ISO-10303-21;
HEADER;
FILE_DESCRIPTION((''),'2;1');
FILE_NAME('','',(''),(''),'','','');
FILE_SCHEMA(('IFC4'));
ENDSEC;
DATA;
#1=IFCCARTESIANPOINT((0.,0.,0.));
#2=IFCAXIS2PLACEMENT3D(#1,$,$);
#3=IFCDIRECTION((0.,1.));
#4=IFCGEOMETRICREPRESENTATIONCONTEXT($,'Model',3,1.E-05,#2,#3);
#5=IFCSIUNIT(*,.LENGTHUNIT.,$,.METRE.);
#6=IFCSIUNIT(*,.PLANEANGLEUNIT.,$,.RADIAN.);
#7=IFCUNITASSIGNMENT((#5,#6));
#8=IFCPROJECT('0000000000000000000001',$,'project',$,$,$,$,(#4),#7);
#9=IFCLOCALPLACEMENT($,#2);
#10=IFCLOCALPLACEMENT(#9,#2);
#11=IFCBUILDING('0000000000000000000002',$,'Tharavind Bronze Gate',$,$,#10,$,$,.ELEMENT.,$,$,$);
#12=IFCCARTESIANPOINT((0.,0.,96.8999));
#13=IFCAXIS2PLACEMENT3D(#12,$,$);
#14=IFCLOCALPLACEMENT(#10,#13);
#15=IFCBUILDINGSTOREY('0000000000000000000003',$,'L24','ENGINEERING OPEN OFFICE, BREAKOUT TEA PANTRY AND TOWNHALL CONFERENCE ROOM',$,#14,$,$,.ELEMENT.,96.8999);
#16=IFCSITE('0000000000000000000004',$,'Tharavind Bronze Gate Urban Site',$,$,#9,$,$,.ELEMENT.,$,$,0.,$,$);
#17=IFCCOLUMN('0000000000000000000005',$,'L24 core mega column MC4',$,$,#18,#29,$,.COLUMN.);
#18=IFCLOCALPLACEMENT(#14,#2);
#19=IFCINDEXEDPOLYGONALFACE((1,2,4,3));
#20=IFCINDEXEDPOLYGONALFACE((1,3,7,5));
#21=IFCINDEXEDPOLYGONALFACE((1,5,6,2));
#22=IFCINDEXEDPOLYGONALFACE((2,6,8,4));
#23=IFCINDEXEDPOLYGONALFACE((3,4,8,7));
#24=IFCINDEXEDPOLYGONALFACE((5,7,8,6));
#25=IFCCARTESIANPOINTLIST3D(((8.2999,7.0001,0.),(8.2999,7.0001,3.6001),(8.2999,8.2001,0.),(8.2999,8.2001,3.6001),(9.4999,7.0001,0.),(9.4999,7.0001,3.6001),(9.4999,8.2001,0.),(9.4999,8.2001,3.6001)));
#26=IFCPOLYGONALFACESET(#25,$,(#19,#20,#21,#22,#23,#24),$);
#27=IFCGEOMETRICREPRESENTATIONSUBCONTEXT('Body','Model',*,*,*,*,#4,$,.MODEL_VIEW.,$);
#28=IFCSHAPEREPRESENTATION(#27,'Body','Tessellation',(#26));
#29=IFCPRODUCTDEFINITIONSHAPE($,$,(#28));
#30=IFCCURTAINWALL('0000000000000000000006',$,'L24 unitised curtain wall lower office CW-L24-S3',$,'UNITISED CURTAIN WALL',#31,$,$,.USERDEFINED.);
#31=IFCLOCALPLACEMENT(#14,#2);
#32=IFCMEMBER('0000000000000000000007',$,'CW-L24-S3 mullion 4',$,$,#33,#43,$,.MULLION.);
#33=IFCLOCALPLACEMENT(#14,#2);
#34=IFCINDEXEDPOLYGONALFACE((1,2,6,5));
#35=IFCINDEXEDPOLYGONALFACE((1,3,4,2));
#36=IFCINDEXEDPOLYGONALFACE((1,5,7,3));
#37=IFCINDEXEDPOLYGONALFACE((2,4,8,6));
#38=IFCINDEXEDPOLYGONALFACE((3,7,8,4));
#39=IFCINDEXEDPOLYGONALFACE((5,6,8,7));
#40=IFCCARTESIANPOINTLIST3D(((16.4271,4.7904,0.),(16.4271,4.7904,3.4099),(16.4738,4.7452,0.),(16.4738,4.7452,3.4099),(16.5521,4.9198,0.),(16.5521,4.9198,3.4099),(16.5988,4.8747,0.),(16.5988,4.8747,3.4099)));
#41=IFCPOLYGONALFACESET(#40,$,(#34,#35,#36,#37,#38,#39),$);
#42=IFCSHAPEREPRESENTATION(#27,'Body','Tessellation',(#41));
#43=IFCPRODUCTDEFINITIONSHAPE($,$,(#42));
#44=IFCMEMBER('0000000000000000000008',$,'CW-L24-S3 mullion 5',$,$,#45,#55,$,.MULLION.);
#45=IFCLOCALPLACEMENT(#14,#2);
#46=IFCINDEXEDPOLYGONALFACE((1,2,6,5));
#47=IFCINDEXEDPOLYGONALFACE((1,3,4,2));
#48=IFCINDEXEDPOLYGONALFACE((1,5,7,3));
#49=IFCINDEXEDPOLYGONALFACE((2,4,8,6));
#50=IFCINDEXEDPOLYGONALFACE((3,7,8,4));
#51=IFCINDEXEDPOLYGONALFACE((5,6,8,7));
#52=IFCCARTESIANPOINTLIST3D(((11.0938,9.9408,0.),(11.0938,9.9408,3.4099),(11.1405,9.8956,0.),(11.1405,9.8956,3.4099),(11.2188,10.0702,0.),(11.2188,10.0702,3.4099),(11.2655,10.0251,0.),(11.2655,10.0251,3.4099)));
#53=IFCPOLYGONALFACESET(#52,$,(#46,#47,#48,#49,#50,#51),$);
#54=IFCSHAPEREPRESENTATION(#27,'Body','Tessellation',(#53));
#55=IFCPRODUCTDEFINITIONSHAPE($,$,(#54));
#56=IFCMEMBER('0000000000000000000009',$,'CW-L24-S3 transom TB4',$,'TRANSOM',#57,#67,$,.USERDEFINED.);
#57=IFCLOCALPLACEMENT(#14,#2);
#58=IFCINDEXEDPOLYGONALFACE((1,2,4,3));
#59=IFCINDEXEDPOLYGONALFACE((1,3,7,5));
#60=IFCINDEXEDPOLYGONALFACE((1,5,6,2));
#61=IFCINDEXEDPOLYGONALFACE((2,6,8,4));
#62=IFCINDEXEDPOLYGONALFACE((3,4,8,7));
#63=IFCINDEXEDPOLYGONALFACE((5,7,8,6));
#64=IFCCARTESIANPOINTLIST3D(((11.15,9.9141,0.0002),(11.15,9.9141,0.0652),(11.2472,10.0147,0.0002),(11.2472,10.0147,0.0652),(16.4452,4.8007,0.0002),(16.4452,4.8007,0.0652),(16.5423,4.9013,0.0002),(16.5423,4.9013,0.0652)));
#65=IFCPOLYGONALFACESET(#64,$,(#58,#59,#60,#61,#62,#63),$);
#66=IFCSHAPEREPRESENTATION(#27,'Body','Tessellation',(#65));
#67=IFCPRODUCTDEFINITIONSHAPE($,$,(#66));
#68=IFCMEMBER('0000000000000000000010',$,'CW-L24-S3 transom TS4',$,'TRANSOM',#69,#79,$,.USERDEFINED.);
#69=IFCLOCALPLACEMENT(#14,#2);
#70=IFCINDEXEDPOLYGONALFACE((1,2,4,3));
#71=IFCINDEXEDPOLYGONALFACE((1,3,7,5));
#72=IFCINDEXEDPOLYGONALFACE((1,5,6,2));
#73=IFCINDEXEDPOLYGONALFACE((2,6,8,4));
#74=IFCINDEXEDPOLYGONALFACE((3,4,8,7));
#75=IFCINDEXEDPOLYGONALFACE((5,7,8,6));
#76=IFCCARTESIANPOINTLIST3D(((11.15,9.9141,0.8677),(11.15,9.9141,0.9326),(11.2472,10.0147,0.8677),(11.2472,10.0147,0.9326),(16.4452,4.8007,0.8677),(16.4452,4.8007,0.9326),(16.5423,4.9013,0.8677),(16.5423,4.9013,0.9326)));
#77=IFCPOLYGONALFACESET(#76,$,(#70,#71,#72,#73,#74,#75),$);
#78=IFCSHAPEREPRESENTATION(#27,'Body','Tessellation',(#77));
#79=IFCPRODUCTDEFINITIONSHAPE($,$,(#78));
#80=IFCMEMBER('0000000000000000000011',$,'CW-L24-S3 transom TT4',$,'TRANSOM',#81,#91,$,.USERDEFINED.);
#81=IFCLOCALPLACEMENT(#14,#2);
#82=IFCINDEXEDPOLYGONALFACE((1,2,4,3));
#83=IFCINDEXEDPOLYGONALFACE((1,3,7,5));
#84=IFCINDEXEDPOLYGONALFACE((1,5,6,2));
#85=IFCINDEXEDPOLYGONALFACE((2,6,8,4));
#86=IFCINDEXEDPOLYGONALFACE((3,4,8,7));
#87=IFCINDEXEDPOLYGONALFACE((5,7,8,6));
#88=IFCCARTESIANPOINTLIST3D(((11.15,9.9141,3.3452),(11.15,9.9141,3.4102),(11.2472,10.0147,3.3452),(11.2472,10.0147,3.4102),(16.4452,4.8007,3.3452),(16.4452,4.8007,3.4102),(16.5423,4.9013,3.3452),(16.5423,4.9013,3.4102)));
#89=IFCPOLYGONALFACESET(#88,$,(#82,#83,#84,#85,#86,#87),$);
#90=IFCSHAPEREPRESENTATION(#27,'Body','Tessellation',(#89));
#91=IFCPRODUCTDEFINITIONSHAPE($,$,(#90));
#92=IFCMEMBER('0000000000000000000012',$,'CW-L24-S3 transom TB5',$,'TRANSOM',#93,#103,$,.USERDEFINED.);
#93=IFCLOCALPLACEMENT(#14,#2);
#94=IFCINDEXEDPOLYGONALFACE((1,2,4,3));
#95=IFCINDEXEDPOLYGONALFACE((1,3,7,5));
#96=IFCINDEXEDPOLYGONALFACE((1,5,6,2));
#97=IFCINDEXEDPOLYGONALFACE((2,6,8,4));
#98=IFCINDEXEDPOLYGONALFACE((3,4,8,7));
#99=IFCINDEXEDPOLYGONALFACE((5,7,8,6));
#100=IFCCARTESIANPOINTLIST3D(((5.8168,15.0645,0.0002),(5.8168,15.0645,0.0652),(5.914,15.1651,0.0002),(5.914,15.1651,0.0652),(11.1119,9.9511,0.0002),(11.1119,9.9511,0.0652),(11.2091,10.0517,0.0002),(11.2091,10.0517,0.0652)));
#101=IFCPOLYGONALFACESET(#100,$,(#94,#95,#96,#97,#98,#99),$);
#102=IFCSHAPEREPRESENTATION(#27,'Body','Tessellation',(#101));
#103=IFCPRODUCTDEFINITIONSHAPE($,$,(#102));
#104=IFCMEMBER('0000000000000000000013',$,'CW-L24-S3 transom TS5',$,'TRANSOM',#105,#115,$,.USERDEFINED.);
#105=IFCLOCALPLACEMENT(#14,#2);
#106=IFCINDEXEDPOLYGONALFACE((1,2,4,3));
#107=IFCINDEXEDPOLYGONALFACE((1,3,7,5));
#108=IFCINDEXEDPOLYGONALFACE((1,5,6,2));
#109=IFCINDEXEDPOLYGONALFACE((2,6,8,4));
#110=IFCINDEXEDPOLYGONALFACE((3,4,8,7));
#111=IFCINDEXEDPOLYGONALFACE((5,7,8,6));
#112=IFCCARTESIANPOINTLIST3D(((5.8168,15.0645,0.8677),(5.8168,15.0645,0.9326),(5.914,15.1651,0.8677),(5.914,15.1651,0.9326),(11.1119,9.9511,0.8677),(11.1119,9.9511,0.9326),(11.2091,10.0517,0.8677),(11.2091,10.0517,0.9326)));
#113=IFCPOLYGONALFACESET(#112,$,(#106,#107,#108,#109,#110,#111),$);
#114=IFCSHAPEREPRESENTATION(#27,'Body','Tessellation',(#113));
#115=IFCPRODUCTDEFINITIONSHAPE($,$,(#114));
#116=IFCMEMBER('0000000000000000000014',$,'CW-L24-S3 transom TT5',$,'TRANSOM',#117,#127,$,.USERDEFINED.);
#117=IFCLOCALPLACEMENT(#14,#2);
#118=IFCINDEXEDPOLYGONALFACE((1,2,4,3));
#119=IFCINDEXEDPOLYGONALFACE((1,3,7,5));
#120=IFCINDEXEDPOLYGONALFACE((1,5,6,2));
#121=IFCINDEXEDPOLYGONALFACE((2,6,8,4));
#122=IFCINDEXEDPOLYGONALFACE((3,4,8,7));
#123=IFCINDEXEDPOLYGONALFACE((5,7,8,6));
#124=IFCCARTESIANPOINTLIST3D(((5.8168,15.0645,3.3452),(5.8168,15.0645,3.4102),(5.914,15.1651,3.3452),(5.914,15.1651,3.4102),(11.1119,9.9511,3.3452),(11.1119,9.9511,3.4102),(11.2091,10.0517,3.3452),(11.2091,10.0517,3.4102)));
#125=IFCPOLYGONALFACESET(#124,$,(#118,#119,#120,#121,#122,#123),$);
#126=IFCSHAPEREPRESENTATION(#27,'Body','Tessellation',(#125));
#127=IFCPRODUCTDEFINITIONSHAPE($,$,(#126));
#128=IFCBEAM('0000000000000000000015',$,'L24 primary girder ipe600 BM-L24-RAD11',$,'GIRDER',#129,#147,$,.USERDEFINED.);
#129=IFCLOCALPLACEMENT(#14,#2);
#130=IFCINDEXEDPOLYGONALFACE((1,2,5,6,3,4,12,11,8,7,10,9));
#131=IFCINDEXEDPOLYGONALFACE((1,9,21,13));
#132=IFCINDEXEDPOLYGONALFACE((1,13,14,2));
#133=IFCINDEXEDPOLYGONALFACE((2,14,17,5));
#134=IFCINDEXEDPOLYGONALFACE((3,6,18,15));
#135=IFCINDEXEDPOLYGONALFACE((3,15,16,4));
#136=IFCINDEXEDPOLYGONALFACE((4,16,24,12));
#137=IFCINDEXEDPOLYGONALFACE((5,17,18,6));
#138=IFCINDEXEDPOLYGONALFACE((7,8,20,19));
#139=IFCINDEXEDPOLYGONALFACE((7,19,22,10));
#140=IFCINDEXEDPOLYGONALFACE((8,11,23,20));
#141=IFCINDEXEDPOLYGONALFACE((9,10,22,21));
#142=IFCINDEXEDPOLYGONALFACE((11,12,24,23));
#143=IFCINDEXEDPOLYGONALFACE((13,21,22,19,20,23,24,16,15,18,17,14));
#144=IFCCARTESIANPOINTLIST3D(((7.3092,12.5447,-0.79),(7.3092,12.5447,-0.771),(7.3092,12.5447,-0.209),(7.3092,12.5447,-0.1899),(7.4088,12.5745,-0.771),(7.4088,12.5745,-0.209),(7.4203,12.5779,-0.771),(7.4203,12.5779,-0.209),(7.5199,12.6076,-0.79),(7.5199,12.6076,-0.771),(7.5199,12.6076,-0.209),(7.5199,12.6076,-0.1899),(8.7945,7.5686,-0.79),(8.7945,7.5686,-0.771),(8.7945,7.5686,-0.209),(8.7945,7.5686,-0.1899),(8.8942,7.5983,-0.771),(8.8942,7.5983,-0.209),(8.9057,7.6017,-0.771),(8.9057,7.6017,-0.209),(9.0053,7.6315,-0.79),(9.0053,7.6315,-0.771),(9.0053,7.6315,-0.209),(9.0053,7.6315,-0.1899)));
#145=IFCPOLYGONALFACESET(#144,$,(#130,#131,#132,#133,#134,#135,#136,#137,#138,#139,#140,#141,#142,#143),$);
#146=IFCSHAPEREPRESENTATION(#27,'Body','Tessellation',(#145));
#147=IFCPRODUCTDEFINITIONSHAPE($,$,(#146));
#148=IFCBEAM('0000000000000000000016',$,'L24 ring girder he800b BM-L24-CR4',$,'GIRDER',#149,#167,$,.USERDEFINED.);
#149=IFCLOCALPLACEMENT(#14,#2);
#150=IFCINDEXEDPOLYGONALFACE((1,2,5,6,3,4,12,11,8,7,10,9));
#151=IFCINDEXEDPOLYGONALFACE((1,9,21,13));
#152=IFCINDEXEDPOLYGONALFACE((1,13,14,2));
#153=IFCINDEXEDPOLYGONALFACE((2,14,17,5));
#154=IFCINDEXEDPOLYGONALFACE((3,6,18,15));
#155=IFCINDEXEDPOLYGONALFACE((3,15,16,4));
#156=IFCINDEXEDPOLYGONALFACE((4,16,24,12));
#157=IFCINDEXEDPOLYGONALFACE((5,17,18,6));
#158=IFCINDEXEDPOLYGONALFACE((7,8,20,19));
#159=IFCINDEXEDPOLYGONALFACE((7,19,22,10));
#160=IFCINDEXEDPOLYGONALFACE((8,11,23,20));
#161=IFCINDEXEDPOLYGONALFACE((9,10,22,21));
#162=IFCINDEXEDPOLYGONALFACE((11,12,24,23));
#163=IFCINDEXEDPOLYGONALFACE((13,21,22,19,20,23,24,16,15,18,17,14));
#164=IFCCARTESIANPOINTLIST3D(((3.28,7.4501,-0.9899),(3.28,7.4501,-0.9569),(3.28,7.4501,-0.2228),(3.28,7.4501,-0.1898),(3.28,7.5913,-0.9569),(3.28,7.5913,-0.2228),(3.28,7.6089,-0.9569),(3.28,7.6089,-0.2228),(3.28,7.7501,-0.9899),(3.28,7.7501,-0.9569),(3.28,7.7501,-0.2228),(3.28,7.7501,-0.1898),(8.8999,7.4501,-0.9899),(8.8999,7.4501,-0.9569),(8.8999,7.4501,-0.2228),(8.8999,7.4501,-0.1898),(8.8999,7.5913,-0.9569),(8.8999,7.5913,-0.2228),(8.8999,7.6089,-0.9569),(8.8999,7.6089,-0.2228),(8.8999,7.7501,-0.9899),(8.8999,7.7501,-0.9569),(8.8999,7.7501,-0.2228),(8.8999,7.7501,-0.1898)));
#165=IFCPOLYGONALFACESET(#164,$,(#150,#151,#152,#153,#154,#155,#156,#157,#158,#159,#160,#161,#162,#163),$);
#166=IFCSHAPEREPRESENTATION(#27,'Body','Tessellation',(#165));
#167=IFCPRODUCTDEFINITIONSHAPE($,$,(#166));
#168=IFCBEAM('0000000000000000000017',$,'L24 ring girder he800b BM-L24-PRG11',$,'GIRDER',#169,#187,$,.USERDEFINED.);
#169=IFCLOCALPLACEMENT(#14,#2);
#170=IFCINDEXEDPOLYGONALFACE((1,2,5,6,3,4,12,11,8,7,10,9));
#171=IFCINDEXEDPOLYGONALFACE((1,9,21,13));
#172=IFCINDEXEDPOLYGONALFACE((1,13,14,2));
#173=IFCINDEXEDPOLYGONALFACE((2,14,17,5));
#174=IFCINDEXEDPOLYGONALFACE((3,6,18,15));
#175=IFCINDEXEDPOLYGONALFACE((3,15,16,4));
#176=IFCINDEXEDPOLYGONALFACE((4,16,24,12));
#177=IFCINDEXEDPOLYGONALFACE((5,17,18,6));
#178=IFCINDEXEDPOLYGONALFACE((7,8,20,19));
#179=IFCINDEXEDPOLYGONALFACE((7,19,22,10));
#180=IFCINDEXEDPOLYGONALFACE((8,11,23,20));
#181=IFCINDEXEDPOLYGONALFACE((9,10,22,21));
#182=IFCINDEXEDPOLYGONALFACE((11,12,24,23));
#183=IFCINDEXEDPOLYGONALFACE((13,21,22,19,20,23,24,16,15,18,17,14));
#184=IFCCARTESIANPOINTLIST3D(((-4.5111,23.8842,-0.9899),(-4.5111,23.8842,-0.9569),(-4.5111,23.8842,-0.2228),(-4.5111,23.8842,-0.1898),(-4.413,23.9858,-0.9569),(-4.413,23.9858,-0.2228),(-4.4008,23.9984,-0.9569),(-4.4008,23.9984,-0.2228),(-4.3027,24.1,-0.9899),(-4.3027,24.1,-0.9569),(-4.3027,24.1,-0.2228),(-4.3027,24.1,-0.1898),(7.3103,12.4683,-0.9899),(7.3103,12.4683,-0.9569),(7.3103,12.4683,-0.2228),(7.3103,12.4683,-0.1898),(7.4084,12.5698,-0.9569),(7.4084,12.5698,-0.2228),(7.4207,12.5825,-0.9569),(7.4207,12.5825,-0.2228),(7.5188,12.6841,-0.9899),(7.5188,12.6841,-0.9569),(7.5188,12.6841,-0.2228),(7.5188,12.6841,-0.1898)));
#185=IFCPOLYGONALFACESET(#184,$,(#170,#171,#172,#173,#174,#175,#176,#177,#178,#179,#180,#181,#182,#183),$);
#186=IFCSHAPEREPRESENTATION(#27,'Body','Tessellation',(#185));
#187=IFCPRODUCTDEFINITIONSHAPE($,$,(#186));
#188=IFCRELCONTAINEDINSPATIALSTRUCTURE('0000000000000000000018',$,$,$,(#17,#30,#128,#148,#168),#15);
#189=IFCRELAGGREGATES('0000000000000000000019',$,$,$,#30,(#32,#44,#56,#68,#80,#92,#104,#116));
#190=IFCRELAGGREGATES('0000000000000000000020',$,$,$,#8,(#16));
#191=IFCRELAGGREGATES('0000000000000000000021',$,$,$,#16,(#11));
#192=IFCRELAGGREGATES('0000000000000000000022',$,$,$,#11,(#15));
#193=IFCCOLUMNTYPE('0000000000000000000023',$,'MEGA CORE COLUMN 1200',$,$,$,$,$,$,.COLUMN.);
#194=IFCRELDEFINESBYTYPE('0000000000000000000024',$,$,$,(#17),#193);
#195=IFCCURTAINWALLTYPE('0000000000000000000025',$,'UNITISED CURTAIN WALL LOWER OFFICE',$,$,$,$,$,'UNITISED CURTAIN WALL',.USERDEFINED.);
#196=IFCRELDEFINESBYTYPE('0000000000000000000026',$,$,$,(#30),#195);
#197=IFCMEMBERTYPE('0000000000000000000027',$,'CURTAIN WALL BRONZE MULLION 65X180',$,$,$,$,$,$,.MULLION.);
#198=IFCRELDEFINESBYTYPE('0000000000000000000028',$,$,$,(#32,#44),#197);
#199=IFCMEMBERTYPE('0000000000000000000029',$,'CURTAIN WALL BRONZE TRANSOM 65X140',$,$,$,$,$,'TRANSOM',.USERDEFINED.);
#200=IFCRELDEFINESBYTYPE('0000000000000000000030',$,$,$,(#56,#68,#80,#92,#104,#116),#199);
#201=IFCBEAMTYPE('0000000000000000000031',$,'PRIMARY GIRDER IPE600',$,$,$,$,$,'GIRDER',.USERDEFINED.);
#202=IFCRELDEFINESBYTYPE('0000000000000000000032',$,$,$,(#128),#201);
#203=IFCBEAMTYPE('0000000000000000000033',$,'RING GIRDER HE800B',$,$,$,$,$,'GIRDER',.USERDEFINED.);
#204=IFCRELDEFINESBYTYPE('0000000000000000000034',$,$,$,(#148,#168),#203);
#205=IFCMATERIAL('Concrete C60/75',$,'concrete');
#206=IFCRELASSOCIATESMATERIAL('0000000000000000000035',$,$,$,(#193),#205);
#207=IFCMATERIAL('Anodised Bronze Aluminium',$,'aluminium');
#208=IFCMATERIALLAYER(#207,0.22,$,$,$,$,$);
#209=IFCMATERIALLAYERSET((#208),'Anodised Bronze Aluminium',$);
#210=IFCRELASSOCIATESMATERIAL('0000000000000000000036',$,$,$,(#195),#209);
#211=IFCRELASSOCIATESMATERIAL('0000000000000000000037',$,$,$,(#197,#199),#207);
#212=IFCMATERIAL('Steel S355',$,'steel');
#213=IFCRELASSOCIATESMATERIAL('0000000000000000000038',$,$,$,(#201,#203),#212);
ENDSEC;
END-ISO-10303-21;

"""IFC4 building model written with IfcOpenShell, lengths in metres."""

from ifc_helpers import new_model, si_unit, direction, frame, origin, origin_2d, place, context, subcontext, project, spatial, rectangle, i_section, extrude, material, layer, layer_set, material_profile, profile_set, type_object, element, aggregate, save


model = new_model("IFC4")

# Units and contexts
model_context = context("Model", 3, precision=1e-05, world=origin(), true_north=direction((0.0, 1.0)))
body_context = subcontext(model_context, "Body", "Model", "MODEL_VIEW")
ifc_project = project(units=[si_unit("LENGTHUNIT", "METRE"), si_unit("PLANEANGLEUNIT", "RADIAN")], contexts=[model_context])

# Site, building, storey
site_placement = place(None, origin())
site = spatial("IfcSite", under=ifc_project, at=site_placement, Name="Tharavind Bronze Gate Urban Site", CompositionType="ELEMENT", RefElevation=0.0)
building_placement = place(site_placement, origin())
building = spatial("IfcBuilding", under=site, at=building_placement, Name="Tharavind Bronze Gate", CompositionType="ELEMENT")
storey_placement = place(building_placement, frame((0.0, 0.0, 96.8999)))
storey = spatial("IfcBuildingStorey", under=building, at=storey_placement, Name="L24", Description="ENGINEERING OPEN OFFICE, BREAKOUT TEA PANTRY AND TOWNHALL CONFERENCE ROOM", CompositionType="ELEMENT", Elevation=96.8999)

# Column
ifc_material_1 = material(Name="Concrete C60/75", Category="concrete")
ifc_material_profile_1 = material_profile(ifc_material_1, rectangle(XDim=1.2, YDim=1.2, at=origin_2d()), Name="RCCOL1200")
ifc_profile_set_1 = profile_set([ifc_material_profile_1], Name="Concrete C60/75")
column_type = type_object("IfcColumnType", Name="MEGA CORE COLUMN 1200", PredefinedType="COLUMN", material=ifc_profile_set_1)
column_placement = place(storey_placement, frame((8.8999, 7.6001, 0.0), z_axis=(0.0, 0.0, 1.0), x_axis=(1.0, 0.0, 0.0)))
element("IfcColumn", 1, at=column_placement, inside=storey, type_object=column_type, Name="L24 core mega column MC4", PredefinedType="COLUMN", context=body_context, shape_type="SweptSolid", body=[
    extrude(rectangle(XDim=1.2, YDim=1.2, at=origin_2d()), origin(), (0.0, 0.0, 1.0), 3.6001),
])

# Curtain wall, members
ifc_material_2 = material(Name="Anodised Bronze Aluminium", Category="aluminium")
ifc_layer_1 = layer(ifc_material_2, 0.22)
ifc_layer_set_1 = layer_set([ifc_layer_1], Name="Anodised Bronze Aluminium")
curtain_wall_type = type_object("IfcCurtainWallType", Name="UNITISED CURTAIN WALL LOWER OFFICE", ElementType="UNITISED CURTAIN WALL", PredefinedType="USERDEFINED", material=ifc_layer_set_1)
curtain_wall_placement = place(storey_placement, origin())
curtain_wall = element("IfcCurtainWall", 2, at=curtain_wall_placement, inside=storey, type_object=curtain_wall_type, Name="L24 unitised curtain wall lower office CW-L24-S3", ObjectType="UNITISED CURTAIN WALL", PredefinedType="USERDEFINED")
member_type_1 = type_object("IfcMemberType", Name="CURTAIN WALL BRONZE MULLION 65X180", PredefinedType="MULLION", material=ifc_material_2)
member_1_placement = place(storey_placement, frame((16.5129, 4.8325, 0.0), z_axis=(0.0, 0.0, 1.0), x_axis=(-0.719341, 0.694657, 0.0)))
member_1 = element("IfcMember", 3, at=member_1_placement, type_object=member_type_1, Name="CW-L24-S3 mullion 4", PredefinedType="MULLION", context=body_context, shape_type="SweptSolid", body=[
    extrude(rectangle(XDim=0.0649, YDim=0.1799, at=origin_2d()), origin(), (0.0, 0.0, 1.0), 3.4099),
])
member_2_placement = place(storey_placement, frame((11.1797, 9.9829, 0.0), z_axis=(0.0, 0.0, 1.0), x_axis=(-0.719341, 0.694657, 0.0)))
member_2 = element("IfcMember", 4, at=member_2_placement, type_object=member_type_1, Name="CW-L24-S3 mullion 5", PredefinedType="MULLION", context=body_context, shape_type="SweptSolid", body=[
    extrude(rectangle(XDim=0.0649, YDim=0.1799, at=origin_2d()), origin(), (0.0, 0.0, 1.0), 3.4099),
])
member_type_2 = type_object("IfcMemberType", Name="CURTAIN WALL BRONZE TRANSOM 65X140", ElementType="TRANSOM", PredefinedType="USERDEFINED", material=ifc_material_2)
member_3_placement = place(storey_placement, frame((13.8462, 7.4077, 0.0002), z_axis=(0.0, 0.0, 1.0), x_axis=(-0.719341, 0.694657, 0.0)))
member_3 = element("IfcMember", 5, at=member_3_placement, type_object=member_type_2, Name="CW-L24-S3 transom TB4", ObjectType="TRANSOM", PredefinedType="USERDEFINED", context=body_context, shape_type="SweptSolid", body=[
    extrude(rectangle(XDim=7.3611, YDim=0.1399, at=origin_2d()), origin(), (0.0, 0.0, 1.0), 0.0649),
])
member_4_placement = place(storey_placement, frame((13.8462, 7.4077, 0.8677), z_axis=(0.0, 0.0, 1.0), x_axis=(-0.719341, 0.694657, 0.0)))
member_4 = element("IfcMember", 6, at=member_4_placement, type_object=member_type_2, Name="CW-L24-S3 transom TS4", ObjectType="TRANSOM", PredefinedType="USERDEFINED", context=body_context, shape_type="SweptSolid", body=[
    extrude(rectangle(XDim=7.3611, YDim=0.1399, at=origin_2d()), origin(), (0.0, 0.0, 1.0), 0.0649),
])
member_5_placement = place(storey_placement, frame((13.8462, 7.4077, 3.3452), z_axis=(0.0, 0.0, 1.0), x_axis=(-0.719341, 0.694657, 0.0)))
member_5 = element("IfcMember", 7, at=member_5_placement, type_object=member_type_2, Name="CW-L24-S3 transom TT4", ObjectType="TRANSOM", PredefinedType="USERDEFINED", context=body_context, shape_type="SweptSolid", body=[
    extrude(rectangle(XDim=7.3611, YDim=0.1399, at=origin_2d()), origin(), (0.0, 0.0, 1.0), 0.0649),
])
member_6_placement = place(storey_placement, frame((8.5129, 12.5581, 0.0002), z_axis=(0.0, 0.0, 1.0), x_axis=(-0.719341, 0.694657, 0.0)))
member_6 = element("IfcMember", 8, at=member_6_placement, type_object=member_type_2, Name="CW-L24-S3 transom TB5", ObjectType="TRANSOM", PredefinedType="USERDEFINED", context=body_context, shape_type="SweptSolid", body=[
    extrude(rectangle(XDim=7.3611, YDim=0.1399, at=origin_2d()), origin(), (0.0, 0.0, 1.0), 0.0649),
])
member_7_placement = place(storey_placement, frame((8.5129, 12.5581, 0.8677), z_axis=(0.0, 0.0, 1.0), x_axis=(-0.719341, 0.694657, 0.0)))
member_7 = element("IfcMember", 9, at=member_7_placement, type_object=member_type_2, Name="CW-L24-S3 transom TS5", ObjectType="TRANSOM", PredefinedType="USERDEFINED", context=body_context, shape_type="SweptSolid", body=[
    extrude(rectangle(XDim=7.3611, YDim=0.1399, at=origin_2d()), origin(), (0.0, 0.0, 1.0), 0.0649),
])
member_8_placement = place(storey_placement, frame((8.5129, 12.5581, 3.3452), z_axis=(0.0, 0.0, 1.0), x_axis=(-0.719341, 0.694657, 0.0)))
member_8 = element("IfcMember", 10, at=member_8_placement, type_object=member_type_2, Name="CW-L24-S3 transom TT5", ObjectType="TRANSOM", PredefinedType="USERDEFINED", context=body_context, shape_type="SweptSolid", body=[
    extrude(rectangle(XDim=7.3611, YDim=0.1399, at=origin_2d()), origin(), (0.0, 0.0, 1.0), 0.0649),
])

# Beams
ifc_material_3 = material(Name="Steel S355", Category="steel")
ifc_material_profile_2 = material_profile(ifc_material_3, i_section(OverallWidth=0.22, OverallDepth=0.6001, WebThickness=0.012, FlangeThickness=0.019, at=origin_2d()), Name="IPE600")
ifc_profile_set_2 = profile_set([ifc_material_profile_2], Name="Steel S355")
beam_type_1 = type_object("IfcBeamType", Name="PRIMARY GIRDER IPE600", ElementType="GIRDER", PredefinedType="USERDEFINED", material=ifc_profile_set_2)
beam_1_placement = place(storey_placement, frame((7.4146, 12.5762, -0.49), z_axis=(0.286028, -0.958221, 0.0), x_axis=(0.958221, 0.286028, 0.0)))
element("IfcBeam", 11, at=beam_1_placement, inside=storey, type_object=beam_type_1, Name="L24 primary girder ipe600 BM-L24-RAD11", ObjectType="GIRDER", PredefinedType="USERDEFINED", context=body_context, shape_type="SweptSolid", body=[
    extrude(i_section(OverallWidth=0.22, OverallDepth=0.6001, WebThickness=0.012, FlangeThickness=0.019, at=origin_2d()), origin(), (0.0, 0.0, 1.0), 5.1931),
])
ifc_material_profile_3 = material_profile(ifc_material_3, i_section(OverallWidth=0.3, OverallDepth=0.8, WebThickness=0.0176, FlangeThickness=0.033, at=origin_2d()), Name="HE800B")
ifc_profile_set_3 = profile_set([ifc_material_profile_3], Name="Steel S355")
beam_type_2 = type_object("IfcBeamType", Name="RING GIRDER HE800B", ElementType="GIRDER", PredefinedType="USERDEFINED", material=ifc_profile_set_3)
beam_2_placement = place(storey_placement, frame((8.8999, 7.6001, -0.5898), z_axis=(-1.0, 0.0, 0.0), x_axis=(0.0, -1.0, 0.0)))
element("IfcBeam", 12, at=beam_2_placement, inside=storey, type_object=beam_type_2, Name="L24 ring girder he800b BM-L24-CR4", ObjectType="GIRDER", PredefinedType="USERDEFINED", context=body_context, shape_type="SweptSolid", body=[
    extrude(i_section(OverallWidth=0.3, OverallDepth=0.8, WebThickness=0.0176, FlangeThickness=0.033, at=origin_2d()), origin(), (0.0, 0.0, 1.0), 5.6199),
])
beam_3_placement = place(storey_placement, frame((7.4146, 12.5762, -0.5898), z_axis=(-0.719337, 0.694661, 0.0), x_axis=(-0.694661, -0.719337, 0.0)))
element("IfcBeam", 13, at=beam_3_placement, inside=storey, type_object=beam_type_2, Name="L24 ring girder he800b BM-L24-PRG11", ObjectType="GIRDER", PredefinedType="USERDEFINED", context=body_context, shape_type="SweptSolid", body=[
    extrude(i_section(OverallWidth=0.3, OverallDepth=0.8, WebThickness=0.0176, FlangeThickness=0.033, at=origin_2d()), origin(), (0.0, 0.0, 1.0), 16.4338),
])

aggregate(curtain_wall, [member_1, member_2, member_3, member_4, member_5, member_6, member_7, member_8])

save(model, "model.ifc")
